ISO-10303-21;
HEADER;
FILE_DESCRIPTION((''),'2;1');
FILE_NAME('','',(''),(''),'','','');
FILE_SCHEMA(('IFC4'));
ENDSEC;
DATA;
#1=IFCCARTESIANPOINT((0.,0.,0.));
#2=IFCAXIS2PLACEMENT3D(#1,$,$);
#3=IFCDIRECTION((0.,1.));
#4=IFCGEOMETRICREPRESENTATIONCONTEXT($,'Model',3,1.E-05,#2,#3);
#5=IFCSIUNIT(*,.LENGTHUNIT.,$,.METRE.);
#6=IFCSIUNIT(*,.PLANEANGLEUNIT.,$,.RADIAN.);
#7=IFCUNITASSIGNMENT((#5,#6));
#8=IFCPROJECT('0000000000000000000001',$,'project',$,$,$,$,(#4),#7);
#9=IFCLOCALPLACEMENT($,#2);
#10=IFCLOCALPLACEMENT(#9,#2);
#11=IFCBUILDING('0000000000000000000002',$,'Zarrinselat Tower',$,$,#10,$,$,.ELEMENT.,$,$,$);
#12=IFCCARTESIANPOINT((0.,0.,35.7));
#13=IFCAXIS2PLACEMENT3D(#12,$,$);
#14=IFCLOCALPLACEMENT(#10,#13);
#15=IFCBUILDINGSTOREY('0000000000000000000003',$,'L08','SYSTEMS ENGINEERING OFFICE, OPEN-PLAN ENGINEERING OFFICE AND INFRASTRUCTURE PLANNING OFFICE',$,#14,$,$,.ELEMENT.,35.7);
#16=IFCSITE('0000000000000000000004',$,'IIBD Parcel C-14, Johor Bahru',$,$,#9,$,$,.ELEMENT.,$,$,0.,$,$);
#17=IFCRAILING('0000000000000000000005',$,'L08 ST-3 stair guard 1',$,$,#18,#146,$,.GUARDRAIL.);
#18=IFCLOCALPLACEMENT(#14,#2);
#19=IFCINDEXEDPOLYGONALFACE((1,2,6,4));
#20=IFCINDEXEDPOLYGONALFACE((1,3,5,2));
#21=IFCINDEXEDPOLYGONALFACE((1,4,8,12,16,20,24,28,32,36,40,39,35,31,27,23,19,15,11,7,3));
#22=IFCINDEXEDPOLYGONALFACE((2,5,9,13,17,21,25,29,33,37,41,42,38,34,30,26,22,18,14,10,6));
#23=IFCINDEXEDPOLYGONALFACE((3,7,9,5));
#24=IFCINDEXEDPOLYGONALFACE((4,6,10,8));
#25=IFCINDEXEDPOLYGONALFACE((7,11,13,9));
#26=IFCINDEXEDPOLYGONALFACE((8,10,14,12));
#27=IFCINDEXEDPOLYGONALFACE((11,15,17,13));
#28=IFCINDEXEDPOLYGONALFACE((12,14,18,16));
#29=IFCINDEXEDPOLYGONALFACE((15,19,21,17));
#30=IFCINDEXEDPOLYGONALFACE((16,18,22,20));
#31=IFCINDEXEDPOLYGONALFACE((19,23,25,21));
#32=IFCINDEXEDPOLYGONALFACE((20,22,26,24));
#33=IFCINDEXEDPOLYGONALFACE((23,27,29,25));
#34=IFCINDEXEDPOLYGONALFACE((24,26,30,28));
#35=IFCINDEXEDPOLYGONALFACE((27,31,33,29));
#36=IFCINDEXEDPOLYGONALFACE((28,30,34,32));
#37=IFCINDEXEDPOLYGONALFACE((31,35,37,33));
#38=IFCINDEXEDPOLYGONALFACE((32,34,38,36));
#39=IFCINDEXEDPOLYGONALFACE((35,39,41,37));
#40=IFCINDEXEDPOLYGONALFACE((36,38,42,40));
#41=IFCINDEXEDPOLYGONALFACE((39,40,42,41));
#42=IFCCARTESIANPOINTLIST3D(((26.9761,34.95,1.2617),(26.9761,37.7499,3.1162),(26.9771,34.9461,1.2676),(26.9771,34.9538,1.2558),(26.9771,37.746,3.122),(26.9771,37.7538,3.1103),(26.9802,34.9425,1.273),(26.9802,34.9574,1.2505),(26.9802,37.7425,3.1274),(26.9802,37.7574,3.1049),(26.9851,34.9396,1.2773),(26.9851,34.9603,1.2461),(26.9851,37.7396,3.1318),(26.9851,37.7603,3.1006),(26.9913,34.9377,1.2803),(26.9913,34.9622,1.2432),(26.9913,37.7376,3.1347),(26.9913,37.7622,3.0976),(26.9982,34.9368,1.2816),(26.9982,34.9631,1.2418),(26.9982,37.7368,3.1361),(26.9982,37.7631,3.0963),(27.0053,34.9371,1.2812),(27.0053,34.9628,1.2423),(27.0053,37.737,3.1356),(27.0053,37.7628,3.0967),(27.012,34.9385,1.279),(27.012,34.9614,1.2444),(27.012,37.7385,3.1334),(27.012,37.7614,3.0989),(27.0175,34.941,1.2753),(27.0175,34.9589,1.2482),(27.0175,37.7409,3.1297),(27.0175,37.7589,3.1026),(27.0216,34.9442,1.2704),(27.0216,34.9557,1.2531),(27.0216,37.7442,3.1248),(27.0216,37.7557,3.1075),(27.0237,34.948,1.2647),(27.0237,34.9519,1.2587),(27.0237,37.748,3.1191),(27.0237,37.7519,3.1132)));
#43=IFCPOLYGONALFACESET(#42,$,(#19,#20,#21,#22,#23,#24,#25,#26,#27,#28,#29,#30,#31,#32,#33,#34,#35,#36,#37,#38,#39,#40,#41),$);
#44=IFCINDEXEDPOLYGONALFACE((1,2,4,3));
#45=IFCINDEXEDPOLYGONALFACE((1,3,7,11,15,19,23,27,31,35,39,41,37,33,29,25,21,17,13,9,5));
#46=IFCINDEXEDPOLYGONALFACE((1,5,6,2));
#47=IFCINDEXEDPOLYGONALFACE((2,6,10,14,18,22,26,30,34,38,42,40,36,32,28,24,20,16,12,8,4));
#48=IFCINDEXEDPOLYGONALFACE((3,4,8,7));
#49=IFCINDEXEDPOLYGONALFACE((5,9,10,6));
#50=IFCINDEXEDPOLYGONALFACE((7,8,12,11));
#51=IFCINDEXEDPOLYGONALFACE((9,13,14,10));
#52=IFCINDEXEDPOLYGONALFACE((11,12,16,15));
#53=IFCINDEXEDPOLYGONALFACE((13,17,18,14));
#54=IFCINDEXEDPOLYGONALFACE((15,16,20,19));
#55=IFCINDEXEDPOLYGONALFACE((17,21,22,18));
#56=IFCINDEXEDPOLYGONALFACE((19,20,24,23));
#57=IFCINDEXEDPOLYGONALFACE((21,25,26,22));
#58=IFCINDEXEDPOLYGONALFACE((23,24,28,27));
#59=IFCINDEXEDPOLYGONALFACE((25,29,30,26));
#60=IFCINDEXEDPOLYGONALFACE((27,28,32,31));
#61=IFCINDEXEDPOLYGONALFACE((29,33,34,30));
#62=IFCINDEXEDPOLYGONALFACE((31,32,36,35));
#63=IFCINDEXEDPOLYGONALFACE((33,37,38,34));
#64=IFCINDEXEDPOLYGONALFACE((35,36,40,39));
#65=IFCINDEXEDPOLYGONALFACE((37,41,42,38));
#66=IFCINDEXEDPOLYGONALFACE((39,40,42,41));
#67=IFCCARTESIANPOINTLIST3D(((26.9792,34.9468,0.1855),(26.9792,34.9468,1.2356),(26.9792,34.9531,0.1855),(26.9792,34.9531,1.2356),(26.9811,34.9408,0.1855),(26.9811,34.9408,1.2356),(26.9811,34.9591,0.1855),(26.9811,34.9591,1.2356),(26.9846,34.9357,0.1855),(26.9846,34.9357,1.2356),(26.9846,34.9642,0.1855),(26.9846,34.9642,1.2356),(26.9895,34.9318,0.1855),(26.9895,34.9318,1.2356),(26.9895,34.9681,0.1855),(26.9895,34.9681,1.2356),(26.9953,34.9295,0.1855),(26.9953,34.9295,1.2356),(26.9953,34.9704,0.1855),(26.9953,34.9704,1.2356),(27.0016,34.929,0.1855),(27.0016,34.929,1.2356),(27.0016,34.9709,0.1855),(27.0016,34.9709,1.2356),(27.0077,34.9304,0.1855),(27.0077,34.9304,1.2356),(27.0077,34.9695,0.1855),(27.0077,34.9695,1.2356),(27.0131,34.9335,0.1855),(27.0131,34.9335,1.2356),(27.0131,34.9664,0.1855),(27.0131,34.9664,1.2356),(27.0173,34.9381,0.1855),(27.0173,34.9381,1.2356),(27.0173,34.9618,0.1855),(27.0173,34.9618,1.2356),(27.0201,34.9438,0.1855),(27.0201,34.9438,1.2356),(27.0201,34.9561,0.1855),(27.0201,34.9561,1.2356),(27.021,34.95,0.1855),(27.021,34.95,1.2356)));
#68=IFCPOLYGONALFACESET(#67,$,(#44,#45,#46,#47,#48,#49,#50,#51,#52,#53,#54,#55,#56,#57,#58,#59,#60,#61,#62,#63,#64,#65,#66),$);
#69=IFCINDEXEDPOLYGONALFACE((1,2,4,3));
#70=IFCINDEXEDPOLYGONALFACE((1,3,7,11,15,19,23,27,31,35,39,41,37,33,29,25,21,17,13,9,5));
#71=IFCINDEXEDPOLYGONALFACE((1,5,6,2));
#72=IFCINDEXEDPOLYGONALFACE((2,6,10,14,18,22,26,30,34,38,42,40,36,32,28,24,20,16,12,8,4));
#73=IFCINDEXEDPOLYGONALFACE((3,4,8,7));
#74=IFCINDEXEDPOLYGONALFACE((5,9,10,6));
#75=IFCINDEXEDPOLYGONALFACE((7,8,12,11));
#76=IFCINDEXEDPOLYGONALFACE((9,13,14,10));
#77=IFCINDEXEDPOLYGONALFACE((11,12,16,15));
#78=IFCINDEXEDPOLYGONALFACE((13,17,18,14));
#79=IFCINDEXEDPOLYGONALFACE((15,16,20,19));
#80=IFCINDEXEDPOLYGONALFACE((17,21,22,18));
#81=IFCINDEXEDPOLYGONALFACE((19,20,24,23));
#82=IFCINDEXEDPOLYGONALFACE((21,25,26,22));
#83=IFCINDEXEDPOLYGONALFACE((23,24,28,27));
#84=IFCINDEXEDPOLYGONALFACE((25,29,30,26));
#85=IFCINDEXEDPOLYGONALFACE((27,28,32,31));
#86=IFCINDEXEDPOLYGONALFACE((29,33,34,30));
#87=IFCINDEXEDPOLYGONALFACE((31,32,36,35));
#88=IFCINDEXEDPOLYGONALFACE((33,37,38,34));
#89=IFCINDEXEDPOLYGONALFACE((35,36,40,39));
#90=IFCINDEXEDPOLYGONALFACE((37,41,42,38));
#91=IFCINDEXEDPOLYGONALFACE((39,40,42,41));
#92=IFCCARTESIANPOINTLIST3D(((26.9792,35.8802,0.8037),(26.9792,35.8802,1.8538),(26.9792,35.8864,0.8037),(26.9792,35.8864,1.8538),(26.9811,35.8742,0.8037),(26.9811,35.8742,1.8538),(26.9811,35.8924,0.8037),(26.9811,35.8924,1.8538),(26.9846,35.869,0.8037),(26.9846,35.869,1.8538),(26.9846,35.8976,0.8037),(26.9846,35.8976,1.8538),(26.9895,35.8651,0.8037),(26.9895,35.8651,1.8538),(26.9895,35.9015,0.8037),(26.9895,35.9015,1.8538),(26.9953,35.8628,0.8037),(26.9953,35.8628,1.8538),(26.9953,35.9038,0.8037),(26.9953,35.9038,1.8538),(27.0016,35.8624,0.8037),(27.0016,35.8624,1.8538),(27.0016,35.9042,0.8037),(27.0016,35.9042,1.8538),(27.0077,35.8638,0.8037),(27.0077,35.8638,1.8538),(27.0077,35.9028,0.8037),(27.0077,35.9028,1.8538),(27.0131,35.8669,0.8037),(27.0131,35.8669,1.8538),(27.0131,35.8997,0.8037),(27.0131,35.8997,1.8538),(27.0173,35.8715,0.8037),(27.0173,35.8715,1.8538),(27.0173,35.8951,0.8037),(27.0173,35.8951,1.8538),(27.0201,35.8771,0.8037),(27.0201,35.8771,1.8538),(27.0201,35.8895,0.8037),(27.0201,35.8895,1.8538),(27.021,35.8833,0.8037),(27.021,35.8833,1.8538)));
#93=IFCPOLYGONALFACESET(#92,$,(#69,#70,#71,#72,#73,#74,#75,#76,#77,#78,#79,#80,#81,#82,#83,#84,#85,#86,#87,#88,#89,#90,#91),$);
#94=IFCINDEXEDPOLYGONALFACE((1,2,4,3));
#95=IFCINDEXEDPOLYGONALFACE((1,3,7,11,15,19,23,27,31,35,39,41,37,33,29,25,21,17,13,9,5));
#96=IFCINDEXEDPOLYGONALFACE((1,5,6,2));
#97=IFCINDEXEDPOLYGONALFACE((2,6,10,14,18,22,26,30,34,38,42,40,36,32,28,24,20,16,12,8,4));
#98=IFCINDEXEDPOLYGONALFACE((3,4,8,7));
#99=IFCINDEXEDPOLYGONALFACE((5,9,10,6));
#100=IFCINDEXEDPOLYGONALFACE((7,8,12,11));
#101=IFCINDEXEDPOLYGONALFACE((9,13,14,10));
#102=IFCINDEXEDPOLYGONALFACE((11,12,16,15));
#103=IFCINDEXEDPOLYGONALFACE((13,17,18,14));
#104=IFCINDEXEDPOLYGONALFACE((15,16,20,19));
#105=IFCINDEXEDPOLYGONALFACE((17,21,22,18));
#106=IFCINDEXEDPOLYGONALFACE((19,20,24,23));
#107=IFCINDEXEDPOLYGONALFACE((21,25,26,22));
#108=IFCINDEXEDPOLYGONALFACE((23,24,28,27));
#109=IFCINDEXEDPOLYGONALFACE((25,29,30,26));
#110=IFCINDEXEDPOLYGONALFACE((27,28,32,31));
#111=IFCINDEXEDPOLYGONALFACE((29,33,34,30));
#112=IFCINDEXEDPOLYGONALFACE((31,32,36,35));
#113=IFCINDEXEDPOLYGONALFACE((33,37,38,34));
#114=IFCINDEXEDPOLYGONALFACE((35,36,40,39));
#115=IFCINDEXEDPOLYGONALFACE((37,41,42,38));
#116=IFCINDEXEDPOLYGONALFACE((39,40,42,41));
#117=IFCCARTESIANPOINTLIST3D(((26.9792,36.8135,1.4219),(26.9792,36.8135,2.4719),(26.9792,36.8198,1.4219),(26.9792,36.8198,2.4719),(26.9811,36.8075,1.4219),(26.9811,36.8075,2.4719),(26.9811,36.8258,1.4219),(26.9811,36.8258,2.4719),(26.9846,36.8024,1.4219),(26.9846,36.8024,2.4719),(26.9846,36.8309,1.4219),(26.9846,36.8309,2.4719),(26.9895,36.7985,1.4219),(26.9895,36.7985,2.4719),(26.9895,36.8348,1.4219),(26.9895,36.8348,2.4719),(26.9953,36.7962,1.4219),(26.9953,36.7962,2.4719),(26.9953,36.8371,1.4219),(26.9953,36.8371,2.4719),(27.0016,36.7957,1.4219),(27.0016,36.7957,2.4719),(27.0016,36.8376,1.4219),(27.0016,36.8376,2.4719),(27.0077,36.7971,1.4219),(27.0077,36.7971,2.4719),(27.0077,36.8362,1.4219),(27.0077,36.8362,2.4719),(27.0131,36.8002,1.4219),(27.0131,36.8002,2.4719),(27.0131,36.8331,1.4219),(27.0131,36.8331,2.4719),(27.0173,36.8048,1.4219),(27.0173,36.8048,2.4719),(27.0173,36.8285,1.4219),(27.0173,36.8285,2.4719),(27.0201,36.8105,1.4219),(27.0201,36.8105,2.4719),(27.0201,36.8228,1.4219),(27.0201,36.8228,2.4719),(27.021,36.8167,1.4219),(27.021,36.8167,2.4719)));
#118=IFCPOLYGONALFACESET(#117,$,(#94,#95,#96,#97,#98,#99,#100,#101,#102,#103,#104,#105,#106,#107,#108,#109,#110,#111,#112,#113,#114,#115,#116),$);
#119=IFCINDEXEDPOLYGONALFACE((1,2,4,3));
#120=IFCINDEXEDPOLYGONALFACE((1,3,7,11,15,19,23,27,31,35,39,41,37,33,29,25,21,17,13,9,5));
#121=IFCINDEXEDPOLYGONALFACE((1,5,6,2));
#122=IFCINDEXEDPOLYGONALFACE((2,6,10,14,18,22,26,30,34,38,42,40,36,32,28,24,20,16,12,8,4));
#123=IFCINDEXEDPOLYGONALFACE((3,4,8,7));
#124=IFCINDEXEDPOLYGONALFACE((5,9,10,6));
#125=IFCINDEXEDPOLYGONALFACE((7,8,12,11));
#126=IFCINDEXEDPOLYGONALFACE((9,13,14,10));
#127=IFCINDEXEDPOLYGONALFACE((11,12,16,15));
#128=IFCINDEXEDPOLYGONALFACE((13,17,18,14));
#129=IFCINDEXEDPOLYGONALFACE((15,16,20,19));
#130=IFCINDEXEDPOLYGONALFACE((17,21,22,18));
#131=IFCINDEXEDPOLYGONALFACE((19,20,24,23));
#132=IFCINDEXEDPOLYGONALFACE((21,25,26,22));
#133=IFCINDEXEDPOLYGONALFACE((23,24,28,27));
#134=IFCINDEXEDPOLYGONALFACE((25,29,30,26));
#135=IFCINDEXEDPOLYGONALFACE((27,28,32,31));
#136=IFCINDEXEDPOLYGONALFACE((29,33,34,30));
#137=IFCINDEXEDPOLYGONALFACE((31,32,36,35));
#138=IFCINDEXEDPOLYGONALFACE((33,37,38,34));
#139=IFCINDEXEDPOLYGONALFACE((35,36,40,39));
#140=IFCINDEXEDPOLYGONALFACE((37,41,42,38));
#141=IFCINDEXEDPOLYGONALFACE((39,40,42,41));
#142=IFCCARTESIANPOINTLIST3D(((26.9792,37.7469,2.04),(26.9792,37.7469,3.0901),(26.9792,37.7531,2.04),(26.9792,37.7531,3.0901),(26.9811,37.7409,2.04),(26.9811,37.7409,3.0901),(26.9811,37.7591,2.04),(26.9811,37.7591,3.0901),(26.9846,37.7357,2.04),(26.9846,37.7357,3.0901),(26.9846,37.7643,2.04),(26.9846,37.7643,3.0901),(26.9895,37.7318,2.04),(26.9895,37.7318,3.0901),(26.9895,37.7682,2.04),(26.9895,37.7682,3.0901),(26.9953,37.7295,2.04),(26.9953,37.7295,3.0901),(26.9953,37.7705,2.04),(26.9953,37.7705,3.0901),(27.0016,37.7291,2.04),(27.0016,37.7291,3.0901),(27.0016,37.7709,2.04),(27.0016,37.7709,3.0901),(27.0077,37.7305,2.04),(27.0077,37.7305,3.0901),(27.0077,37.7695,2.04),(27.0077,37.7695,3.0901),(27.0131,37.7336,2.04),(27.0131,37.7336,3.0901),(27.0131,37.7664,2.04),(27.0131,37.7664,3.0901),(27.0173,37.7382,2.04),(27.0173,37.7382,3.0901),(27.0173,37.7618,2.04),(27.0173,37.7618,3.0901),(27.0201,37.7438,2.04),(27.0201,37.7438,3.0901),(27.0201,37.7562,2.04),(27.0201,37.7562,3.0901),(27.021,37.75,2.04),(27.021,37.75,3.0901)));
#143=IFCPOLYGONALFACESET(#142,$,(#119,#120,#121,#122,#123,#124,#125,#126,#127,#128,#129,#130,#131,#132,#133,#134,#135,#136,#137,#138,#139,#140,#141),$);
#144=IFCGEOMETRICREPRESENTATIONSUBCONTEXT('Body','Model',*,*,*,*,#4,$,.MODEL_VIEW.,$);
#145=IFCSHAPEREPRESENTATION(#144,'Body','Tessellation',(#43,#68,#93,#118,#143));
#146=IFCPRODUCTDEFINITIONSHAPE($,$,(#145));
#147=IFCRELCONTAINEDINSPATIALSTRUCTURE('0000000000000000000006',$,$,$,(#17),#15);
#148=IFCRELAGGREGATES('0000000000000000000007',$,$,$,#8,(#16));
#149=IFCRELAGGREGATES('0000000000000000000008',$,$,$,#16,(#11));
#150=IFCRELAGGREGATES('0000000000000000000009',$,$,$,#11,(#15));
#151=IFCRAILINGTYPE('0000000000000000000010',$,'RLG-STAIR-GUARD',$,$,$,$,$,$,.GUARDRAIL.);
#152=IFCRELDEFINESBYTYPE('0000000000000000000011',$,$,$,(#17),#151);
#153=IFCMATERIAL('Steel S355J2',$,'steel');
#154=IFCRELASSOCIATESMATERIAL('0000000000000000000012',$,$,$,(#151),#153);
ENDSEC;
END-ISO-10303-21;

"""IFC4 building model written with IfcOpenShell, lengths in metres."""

from ifc_helpers import new_model, si_unit, direction, frame, origin, origin_2d, place, context, subcontext, project, spatial, circle, extrude, material, type_object, element, save


model = new_model("IFC4")

# Units and contexts
model_context = context("Model", 3, precision=1e-05, world=origin(), true_north=direction((0.0, 1.0)))
body_context = subcontext(model_context, "Body", "Model", "MODEL_VIEW")
ifc_project = project(units=[si_unit("LENGTHUNIT", "METRE"), si_unit("PLANEANGLEUNIT", "RADIAN")], contexts=[model_context])

# Site, building, storey
site_placement = place(None, origin())
site = spatial("IfcSite", under=ifc_project, at=site_placement, Name="IIBD Parcel C-14, Johor Bahru", CompositionType="ELEMENT", RefElevation=0.0)
building_placement = place(site_placement, origin())
building = spatial("IfcBuilding", under=site, at=building_placement, Name="Zarrinselat Tower", CompositionType="ELEMENT")
storey_placement = place(building_placement, frame((0.0, 0.0, 35.7)))
storey = spatial("IfcBuildingStorey", under=building, at=storey_placement, Name="L08", Description="SYSTEMS ENGINEERING OFFICE, OPEN-PLAN ENGINEERING OFFICE AND INFRASTRUCTURE PLANNING OFFICE", CompositionType="ELEMENT", Elevation=35.7)

# Railing
ifc_material_1 = material(Name="Steel S355J2", Category="steel")
railing_type_1 = type_object("IfcRailingType", Name="RLG-STAIR-GUARD", PredefinedType="GUARDRAIL", material=ifc_material_1)
railing_1_placement = place(storey_placement, frame((27.0, 34.95, 0.1855)))
element("IfcRailing", 1, at=railing_1_placement, inside=storey, type_object=railing_type_1, Name="L08 ST-3 stair guard 1", PredefinedType="GUARDRAIL", context=body_context, shape_type="SweptSolid", body=[
    extrude(circle(Radius=0.0239, at=origin_2d()), frame((0.0, 0.0, 1.0762), z_axis=(0.0, 0.833724, 0.552181), x_axis=(-1.0, 0.0, 0.0)), (0.0, 0.0, 1.0), 3.3584),
    extrude(circle(Radius=0.021, at=origin_2d()), origin(), (0.0, 0.0, 1.0), 1.05),
    extrude(circle(Radius=0.021, at=origin_2d()), frame((0.0, 0.9333, 0.6182)), (0.0, 0.0, 1.0), 1.05),
    extrude(circle(Radius=0.021, at=origin_2d()), frame((0.0, 1.8667, 1.2363)), (0.0, 0.0, 1.0), 1.05),
    extrude(circle(Radius=0.021, at=origin_2d()), frame((0.0, 2.8, 1.8545)), (0.0, 0.0, 1.0), 1.05),
])

save(model, "model.ifc")
